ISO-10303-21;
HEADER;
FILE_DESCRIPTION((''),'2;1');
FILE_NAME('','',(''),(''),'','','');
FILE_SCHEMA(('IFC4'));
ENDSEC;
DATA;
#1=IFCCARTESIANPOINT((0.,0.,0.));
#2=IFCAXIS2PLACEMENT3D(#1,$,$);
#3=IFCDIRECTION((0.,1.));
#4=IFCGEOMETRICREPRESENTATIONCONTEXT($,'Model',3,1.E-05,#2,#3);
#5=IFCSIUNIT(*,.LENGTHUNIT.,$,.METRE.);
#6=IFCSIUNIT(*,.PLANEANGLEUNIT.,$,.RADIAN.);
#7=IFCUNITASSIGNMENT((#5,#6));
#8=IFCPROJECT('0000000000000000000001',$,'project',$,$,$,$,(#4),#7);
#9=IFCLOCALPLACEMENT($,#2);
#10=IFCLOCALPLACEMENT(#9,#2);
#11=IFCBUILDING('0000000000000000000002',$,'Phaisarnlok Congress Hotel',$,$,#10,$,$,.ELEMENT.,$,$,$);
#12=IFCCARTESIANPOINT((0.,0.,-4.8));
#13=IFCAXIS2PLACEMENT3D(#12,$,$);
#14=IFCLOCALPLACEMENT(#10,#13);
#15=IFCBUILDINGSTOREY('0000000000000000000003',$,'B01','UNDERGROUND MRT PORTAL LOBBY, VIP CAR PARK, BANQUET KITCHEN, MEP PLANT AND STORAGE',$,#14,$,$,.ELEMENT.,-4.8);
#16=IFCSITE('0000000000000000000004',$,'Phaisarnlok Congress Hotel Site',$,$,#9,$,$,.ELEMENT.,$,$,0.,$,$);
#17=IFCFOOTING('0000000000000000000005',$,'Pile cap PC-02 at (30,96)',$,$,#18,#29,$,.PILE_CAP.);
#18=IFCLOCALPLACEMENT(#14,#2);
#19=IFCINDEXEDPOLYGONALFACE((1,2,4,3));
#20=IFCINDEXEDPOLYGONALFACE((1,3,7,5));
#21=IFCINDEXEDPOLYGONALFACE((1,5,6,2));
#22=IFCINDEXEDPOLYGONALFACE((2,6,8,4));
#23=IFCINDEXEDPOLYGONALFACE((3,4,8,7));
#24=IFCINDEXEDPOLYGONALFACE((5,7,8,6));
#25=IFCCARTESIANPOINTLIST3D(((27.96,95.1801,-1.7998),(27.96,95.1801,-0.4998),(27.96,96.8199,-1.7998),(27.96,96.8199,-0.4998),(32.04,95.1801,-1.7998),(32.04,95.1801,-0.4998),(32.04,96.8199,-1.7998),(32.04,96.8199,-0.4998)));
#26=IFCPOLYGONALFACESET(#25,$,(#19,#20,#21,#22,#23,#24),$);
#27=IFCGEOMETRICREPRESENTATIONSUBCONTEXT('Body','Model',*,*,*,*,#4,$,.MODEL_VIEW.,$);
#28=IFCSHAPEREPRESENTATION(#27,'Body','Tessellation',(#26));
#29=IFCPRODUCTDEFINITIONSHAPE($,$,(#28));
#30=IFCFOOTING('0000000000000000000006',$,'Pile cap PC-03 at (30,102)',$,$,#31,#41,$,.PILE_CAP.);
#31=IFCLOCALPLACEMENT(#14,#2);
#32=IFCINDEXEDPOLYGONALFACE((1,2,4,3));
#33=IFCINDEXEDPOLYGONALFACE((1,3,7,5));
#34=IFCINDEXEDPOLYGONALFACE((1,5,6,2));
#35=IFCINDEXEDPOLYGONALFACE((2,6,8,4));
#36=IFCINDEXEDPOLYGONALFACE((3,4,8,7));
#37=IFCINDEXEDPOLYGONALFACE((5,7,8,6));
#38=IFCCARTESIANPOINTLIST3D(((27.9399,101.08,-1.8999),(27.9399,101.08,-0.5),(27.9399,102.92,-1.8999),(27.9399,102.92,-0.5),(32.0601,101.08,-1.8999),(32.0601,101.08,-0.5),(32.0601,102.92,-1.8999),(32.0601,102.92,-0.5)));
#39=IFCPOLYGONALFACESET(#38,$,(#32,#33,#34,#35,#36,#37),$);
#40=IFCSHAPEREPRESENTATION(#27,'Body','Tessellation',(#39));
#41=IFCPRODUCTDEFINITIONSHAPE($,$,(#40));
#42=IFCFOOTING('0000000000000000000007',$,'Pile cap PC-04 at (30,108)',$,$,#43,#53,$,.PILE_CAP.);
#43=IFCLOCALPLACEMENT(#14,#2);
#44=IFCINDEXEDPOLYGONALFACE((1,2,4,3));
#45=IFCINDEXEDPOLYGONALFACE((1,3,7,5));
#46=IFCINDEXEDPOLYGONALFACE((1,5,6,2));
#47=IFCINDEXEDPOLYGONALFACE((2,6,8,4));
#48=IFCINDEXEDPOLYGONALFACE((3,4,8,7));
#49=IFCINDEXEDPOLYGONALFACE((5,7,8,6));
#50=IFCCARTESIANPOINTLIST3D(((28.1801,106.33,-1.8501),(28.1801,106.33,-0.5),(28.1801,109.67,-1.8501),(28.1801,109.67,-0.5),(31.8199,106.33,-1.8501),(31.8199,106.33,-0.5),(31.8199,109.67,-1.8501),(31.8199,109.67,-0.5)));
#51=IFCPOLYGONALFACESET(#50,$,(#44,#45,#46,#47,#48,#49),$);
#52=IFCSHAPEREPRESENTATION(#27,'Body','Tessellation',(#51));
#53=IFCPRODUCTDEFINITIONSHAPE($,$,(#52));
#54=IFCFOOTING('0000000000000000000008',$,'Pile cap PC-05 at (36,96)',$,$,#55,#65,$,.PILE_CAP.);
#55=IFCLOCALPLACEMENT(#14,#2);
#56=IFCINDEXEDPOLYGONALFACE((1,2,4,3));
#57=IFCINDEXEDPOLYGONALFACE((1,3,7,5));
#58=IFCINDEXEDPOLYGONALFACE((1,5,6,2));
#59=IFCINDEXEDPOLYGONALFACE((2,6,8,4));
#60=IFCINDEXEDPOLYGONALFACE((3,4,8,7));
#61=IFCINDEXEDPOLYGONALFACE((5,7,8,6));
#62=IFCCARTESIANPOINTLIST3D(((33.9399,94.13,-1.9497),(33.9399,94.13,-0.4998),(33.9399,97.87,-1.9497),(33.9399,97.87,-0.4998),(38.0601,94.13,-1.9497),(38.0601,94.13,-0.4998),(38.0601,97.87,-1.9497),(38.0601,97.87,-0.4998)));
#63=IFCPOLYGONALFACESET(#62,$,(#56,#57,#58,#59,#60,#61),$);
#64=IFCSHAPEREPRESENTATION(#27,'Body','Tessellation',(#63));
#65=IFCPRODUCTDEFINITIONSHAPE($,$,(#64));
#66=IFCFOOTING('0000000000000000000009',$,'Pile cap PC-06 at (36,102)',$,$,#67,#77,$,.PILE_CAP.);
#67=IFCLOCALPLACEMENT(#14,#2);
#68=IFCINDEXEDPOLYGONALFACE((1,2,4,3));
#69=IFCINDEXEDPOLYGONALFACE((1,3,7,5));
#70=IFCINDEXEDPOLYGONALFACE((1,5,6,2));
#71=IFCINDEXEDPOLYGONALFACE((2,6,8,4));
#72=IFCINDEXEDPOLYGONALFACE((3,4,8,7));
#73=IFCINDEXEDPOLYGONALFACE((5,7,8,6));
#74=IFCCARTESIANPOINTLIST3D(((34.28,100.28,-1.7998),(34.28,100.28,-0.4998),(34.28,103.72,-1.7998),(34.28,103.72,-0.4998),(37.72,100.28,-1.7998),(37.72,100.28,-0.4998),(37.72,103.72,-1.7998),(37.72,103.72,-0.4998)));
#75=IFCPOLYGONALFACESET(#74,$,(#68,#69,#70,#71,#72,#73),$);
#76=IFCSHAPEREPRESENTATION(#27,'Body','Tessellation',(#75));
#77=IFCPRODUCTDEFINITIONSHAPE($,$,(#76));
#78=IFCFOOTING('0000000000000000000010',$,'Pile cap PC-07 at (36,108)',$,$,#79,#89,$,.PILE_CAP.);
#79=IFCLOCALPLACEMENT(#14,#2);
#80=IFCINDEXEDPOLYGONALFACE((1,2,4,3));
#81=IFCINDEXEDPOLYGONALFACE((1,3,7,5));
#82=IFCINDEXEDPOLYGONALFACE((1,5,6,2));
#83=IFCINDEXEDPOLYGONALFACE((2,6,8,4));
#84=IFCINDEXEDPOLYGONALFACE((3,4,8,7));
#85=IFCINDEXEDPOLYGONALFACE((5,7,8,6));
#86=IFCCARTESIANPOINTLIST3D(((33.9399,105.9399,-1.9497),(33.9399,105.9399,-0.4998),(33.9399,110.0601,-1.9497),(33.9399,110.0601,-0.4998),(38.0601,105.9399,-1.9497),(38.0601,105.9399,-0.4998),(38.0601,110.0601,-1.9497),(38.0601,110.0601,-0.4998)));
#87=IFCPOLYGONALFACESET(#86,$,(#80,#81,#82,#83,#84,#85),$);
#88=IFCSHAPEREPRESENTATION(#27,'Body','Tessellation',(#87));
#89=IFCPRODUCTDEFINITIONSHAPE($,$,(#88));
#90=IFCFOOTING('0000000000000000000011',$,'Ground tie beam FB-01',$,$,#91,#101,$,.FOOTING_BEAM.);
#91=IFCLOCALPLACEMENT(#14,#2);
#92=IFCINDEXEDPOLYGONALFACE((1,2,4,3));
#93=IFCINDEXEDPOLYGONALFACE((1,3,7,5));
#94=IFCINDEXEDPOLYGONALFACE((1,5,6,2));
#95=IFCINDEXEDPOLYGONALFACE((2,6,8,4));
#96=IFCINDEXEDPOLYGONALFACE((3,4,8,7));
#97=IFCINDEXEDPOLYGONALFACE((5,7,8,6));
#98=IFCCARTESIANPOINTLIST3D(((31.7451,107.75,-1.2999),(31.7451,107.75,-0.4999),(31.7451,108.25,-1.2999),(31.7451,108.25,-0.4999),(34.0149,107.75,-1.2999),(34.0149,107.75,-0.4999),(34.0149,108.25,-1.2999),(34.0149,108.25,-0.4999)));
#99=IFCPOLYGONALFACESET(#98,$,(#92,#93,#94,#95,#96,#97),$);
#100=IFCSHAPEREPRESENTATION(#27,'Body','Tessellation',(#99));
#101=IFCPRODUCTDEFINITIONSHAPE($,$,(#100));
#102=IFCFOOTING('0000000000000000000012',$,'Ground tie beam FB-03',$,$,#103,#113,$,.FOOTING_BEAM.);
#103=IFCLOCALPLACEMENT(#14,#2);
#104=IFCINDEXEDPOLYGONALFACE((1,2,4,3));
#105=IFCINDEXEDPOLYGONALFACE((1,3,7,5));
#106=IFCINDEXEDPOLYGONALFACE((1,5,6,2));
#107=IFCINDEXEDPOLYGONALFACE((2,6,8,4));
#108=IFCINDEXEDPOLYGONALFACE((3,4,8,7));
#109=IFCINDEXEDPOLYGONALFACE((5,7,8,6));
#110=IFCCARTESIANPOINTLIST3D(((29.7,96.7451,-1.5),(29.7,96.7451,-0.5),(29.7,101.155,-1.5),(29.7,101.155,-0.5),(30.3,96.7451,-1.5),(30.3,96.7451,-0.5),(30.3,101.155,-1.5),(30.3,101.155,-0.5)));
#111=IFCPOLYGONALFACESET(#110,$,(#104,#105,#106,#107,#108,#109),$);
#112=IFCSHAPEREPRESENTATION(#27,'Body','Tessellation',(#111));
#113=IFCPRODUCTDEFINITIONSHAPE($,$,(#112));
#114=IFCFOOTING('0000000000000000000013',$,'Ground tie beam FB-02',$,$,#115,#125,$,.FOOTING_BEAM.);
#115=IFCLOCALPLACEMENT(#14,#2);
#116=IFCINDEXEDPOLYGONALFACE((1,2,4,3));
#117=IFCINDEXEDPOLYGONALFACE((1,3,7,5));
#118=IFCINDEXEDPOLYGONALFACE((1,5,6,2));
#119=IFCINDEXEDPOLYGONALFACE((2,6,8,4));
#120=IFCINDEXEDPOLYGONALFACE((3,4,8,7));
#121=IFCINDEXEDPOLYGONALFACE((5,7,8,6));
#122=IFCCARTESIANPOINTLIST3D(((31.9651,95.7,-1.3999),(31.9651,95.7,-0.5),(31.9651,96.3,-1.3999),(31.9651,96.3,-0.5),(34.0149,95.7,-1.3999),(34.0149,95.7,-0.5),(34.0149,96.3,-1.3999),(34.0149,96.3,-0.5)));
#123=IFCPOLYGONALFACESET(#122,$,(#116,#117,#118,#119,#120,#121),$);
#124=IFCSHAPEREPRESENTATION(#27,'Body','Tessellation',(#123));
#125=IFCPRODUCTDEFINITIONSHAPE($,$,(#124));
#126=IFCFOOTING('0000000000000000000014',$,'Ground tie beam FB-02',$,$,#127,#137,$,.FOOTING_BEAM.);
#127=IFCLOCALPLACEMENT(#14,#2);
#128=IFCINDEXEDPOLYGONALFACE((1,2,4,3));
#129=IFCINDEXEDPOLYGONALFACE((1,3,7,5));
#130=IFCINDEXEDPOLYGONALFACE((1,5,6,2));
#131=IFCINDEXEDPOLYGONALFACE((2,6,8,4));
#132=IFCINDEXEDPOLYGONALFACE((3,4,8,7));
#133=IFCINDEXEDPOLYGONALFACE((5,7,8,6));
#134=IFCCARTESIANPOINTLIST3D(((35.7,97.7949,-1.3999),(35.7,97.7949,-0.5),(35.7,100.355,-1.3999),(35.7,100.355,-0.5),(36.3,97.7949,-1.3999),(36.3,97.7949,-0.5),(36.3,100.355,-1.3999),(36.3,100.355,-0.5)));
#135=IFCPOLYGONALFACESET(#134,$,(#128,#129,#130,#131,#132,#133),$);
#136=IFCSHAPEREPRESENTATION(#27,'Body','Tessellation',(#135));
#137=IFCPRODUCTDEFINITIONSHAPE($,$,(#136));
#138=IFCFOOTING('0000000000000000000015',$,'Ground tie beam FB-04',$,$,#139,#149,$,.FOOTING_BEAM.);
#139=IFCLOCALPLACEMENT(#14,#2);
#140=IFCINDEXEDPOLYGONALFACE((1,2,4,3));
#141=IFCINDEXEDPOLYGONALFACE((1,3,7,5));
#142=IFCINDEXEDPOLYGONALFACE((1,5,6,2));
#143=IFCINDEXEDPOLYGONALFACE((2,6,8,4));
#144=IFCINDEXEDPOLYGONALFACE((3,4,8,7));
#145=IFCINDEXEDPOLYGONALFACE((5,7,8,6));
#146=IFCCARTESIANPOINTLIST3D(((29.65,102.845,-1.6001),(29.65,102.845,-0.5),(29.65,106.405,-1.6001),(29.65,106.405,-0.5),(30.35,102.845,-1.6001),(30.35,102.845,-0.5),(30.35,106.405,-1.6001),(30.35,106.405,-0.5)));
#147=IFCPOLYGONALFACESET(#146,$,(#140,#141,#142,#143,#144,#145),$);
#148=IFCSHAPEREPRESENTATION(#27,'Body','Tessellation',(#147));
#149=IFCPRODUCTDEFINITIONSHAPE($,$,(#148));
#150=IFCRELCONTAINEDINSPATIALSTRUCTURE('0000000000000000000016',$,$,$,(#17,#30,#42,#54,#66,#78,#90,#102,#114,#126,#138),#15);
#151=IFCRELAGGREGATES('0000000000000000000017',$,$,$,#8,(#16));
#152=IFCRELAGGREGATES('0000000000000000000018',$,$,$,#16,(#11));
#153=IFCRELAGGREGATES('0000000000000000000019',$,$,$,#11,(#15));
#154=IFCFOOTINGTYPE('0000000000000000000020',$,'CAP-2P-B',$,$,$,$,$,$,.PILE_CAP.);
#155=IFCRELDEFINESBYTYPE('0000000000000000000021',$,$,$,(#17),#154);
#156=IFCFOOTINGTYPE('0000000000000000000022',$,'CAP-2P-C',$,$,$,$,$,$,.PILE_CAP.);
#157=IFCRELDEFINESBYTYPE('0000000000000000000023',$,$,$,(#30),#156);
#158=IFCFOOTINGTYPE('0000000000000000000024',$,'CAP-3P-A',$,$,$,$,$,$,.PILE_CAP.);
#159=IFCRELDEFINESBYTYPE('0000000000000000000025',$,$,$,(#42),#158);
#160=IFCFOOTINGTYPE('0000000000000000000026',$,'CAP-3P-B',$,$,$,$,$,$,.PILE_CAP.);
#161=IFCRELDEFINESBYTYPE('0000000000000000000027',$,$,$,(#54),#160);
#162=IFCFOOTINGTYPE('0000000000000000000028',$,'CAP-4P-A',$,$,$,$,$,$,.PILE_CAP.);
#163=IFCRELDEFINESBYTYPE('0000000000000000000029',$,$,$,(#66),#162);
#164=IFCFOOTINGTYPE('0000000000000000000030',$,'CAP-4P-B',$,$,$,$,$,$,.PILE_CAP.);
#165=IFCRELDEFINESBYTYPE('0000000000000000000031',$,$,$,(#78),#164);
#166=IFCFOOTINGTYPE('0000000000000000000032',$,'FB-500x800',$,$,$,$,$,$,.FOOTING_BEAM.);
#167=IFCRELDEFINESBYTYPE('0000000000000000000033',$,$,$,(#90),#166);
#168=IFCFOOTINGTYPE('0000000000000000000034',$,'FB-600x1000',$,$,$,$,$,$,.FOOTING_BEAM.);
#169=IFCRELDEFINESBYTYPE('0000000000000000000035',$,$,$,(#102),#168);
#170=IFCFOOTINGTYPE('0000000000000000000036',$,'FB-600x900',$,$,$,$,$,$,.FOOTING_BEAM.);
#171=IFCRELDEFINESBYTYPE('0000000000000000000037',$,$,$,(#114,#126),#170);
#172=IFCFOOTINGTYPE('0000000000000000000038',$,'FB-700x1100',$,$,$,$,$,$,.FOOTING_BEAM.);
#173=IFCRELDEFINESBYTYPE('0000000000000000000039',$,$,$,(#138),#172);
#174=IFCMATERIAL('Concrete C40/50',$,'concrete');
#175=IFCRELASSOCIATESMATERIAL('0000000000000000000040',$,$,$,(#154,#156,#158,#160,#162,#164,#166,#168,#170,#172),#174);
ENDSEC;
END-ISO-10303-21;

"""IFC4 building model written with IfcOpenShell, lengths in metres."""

from ifc_helpers import new_model, si_unit, direction, frame, origin, origin_2d, place, context, subcontext, project, spatial, rectangle, extrude, material, material_profile, profile_set, type_object, element, save


model = new_model("IFC4")

# Units and contexts
model_context = context("Model", 3, precision=1e-05, world=origin(), true_north=direction((0.0, 1.0)))
body_context = subcontext(model_context, "Body", "Model", "MODEL_VIEW")
ifc_project = project(units=[si_unit("LENGTHUNIT", "METRE"), si_unit("PLANEANGLEUNIT", "RADIAN")], contexts=[model_context])

# Site, building, storey
site_placement = place(None, origin())
site = spatial("IfcSite", under=ifc_project, at=site_placement, Name="Phaisarnlok Congress Hotel Site", CompositionType="ELEMENT", RefElevation=0.0)
building_placement = place(site_placement, origin())
building = spatial("IfcBuilding", under=site, at=building_placement, Name="Phaisarnlok Congress Hotel", CompositionType="ELEMENT")
storey_placement = place(building_placement, frame((0.0, 0.0, -4.8)))
storey = spatial("IfcBuildingStorey", under=building, at=storey_placement, Name="B01", Description="UNDERGROUND MRT PORTAL LOBBY, VIP CAR PARK, BANQUET KITCHEN, MEP PLANT AND STORAGE", CompositionType="ELEMENT", Elevation=-4.8)

# Footings
ifc_material_1 = material(Name="Concrete C40/50", Category="concrete")
footing_type_1 = type_object("IfcFootingType", Name="CAP-2P-B", PredefinedType="PILE_CAP", material=ifc_material_1)
footing_1_placement = place(storey_placement, frame((30.0, 96.0, -1.7998), z_axis=(0.0, 0.0, 1.0), x_axis=(1.0, 0.0, 0.0)))
element("IfcFooting", 1, at=footing_1_placement, inside=storey, type_object=footing_type_1, Name="Pile cap PC-02 at (30,96)", PredefinedType="PILE_CAP", context=body_context, shape_type="SweptSolid", body=[
    extrude(rectangle(XDim=4.0801, YDim=1.6399, at=origin_2d()), origin(), (0.0, 0.0, 1.0), 1.3),
])
footing_type_2 = type_object("IfcFootingType", Name="CAP-2P-C", PredefinedType="PILE_CAP", material=ifc_material_1)
footing_2_placement = place(storey_placement, frame((30.0, 102.0, -1.8999), z_axis=(0.0, 0.0, 1.0), x_axis=(1.0, 0.0, 0.0)))
element("IfcFooting", 2, at=footing_2_placement, inside=storey, type_object=footing_type_2, Name="Pile cap PC-03 at (30,102)", PredefinedType="PILE_CAP", context=body_context, shape_type="SweptSolid", body=[
    extrude(rectangle(XDim=4.1201, YDim=1.8401, at=origin_2d()), origin(), (0.0, 0.0, 1.0), 1.3999),
])
footing_type_3 = type_object("IfcFootingType", Name="CAP-3P-A", PredefinedType="PILE_CAP", material=ifc_material_1)
footing_3_placement = place(storey_placement, frame((30.0, 108.0, -1.8501), z_axis=(0.0, 0.0, 1.0), x_axis=(1.0, 0.0, 0.0)))
element("IfcFooting", 3, at=footing_3_placement, inside=storey, type_object=footing_type_3, Name="Pile cap PC-04 at (30,108)", PredefinedType="PILE_CAP", context=body_context, shape_type="SweptSolid", body=[
    extrude(rectangle(XDim=3.6399, YDim=3.3401, at=origin_2d()), origin(), (0.0, 0.0, 1.0), 1.3501),
])
footing_type_4 = type_object("IfcFootingType", Name="CAP-3P-B", PredefinedType="PILE_CAP", material=ifc_material_1)
footing_4_placement = place(storey_placement, frame((36.0, 96.0, -1.9497), z_axis=(0.0, 0.0, 1.0), x_axis=(1.0, 0.0, 0.0)))
element("IfcFooting", 4, at=footing_4_placement, inside=storey, type_object=footing_type_4, Name="Pile cap PC-05 at (36,96)", PredefinedType="PILE_CAP", context=body_context, shape_type="SweptSolid", body=[
    extrude(rectangle(XDim=4.1201, YDim=3.74, at=origin_2d()), origin(), (0.0, 0.0, 1.0), 1.45),
])
footing_type_5 = type_object("IfcFootingType", Name="CAP-4P-A", PredefinedType="PILE_CAP", material=ifc_material_1)
footing_5_placement = place(storey_placement, frame((36.0, 102.0, -1.7998), z_axis=(0.0, 0.0, 1.0), x_axis=(1.0, 0.0, 0.0)))
element("IfcFooting", 5, at=footing_5_placement, inside=storey, type_object=footing_type_5, Name="Pile cap PC-06 at (36,102)", PredefinedType="PILE_CAP", context=body_context, shape_type="SweptSolid", body=[
    extrude(rectangle(XDim=3.4399, YDim=3.4399, at=origin_2d()), origin(), (0.0, 0.0, 1.0), 1.3),
])
footing_type_6 = type_object("IfcFootingType", Name="CAP-4P-B", PredefinedType="PILE_CAP", material=ifc_material_1)
footing_6_placement = place(storey_placement, frame((36.0, 108.0, -1.9497), z_axis=(0.0, 0.0, 1.0), x_axis=(1.0, 0.0, 0.0)))
element("IfcFooting", 6, at=footing_6_placement, inside=storey, type_object=footing_type_6, Name="Pile cap PC-07 at (36,108)", PredefinedType="PILE_CAP", context=body_context, shape_type="SweptSolid", body=[
    extrude(rectangle(XDim=4.1201, YDim=4.1201, at=origin_2d()), origin(), (0.0, 0.0, 1.0), 1.45),
])
ifc_material_profile_1 = material_profile(ifc_material_1, rectangle(XDim=0.5, YDim=0.8, at=origin_2d()), Name="FB-500x800")
ifc_profile_set_1 = profile_set([ifc_material_profile_1], Name="Concrete C40/50")
footing_type_7 = type_object("IfcFootingType", Name="FB-500x800", PredefinedType="FOOTING_BEAM", material=ifc_profile_set_1)
footing_7_placement = place(storey_placement, frame((31.7451, 108.0, -0.8999), z_axis=(1.0, 0.0, 0.0), x_axis=(0.0, 1.0, 0.0)))
element("IfcFooting", 7, at=footing_7_placement, inside=storey, type_object=footing_type_7, Name="Ground tie beam FB-01", PredefinedType="FOOTING_BEAM", context=body_context, shape_type="SweptSolid", body=[
    extrude(rectangle(XDim=0.5, YDim=0.8, at=origin_2d()), origin(), (0.0, 0.0, 1.0), 2.2698),
])
ifc_material_profile_2 = material_profile(ifc_material_1, rectangle(XDim=0.6001, YDim=1.0, at=origin_2d()), Name="FB-600x1000")
ifc_profile_set_2 = profile_set([ifc_material_profile_2], Name="Concrete C40/50")
footing_type_8 = type_object("IfcFootingType", Name="FB-600x1000", PredefinedType="FOOTING_BEAM", material=ifc_profile_set_2)
footing_8_placement = place(storey_placement, frame((30.0, 96.7451, -1.0), z_axis=(0.0, 1.0, 0.0), x_axis=(-1.0, 0.0, 0.0)))
element("IfcFooting", 8, at=footing_8_placement, inside=storey, type_object=footing_type_8, Name="Ground tie beam FB-03", PredefinedType="FOOTING_BEAM", context=body_context, shape_type="SweptSolid", body=[
    extrude(rectangle(XDim=0.6001, YDim=1.0, at=origin_2d()), origin(), (0.0, 0.0, 1.0), 4.4099),
])
ifc_material_profile_3 = material_profile(ifc_material_1, rectangle(XDim=0.6001, YDim=0.8999, at=origin_2d()), Name="FB-600x900")
ifc_profile_set_3 = profile_set([ifc_material_profile_3], Name="Concrete C40/50")
footing_type_9 = type_object("IfcFootingType", Name="FB-600x900", PredefinedType="FOOTING_BEAM", material=ifc_profile_set_3)
footing_9_placement = place(storey_placement, frame((31.9651, 96.0, -0.95), z_axis=(1.0, 0.0, 0.0), x_axis=(0.0, 1.0, 0.0)))
element("IfcFooting", 9, at=footing_9_placement, inside=storey, type_object=footing_type_9, Name="Ground tie beam FB-02", PredefinedType="FOOTING_BEAM", context=body_context, shape_type="SweptSolid", body=[
    extrude(rectangle(XDim=0.6001, YDim=0.8999, at=origin_2d()), origin(), (0.0, 0.0, 1.0), 2.0498),
])
footing_10_placement = place(storey_placement, frame((36.0, 97.7949, -0.95), z_axis=(0.0, 1.0, 0.0), x_axis=(-1.0, 0.0, 0.0)))
element("IfcFooting", 10, at=footing_10_placement, inside=storey, type_object=footing_type_9, Name="Ground tie beam FB-02", PredefinedType="FOOTING_BEAM", context=body_context, shape_type="SweptSolid", body=[
    extrude(rectangle(XDim=0.6001, YDim=0.8999, at=origin_2d()), origin(), (0.0, 0.0, 1.0), 2.5601),
])
ifc_material_profile_4 = material_profile(ifc_material_1, rectangle(XDim=0.7, YDim=1.1001, at=origin_2d()), Name="FB-700x1100")
ifc_profile_set_4 = profile_set([ifc_material_profile_4], Name="Concrete C40/50")
footing_type_10 = type_object("IfcFootingType", Name="FB-700x1100", PredefinedType="FOOTING_BEAM", material=ifc_profile_set_4)
footing_11_placement = place(storey_placement, frame((30.0, 102.845, -1.05), z_axis=(0.0, 1.0, 0.0), x_axis=(-1.0, 0.0, 0.0)))
element("IfcFooting", 11, at=footing_11_placement, inside=storey, type_object=footing_type_10, Name="Ground tie beam FB-04", PredefinedType="FOOTING_BEAM", context=body_context, shape_type="SweptSolid", body=[
    extrude(rectangle(XDim=0.7, YDim=1.1001, at=origin_2d()), origin(), (0.0, 0.0, 1.0), 3.5601),
])

save(model, "model.ifc")
